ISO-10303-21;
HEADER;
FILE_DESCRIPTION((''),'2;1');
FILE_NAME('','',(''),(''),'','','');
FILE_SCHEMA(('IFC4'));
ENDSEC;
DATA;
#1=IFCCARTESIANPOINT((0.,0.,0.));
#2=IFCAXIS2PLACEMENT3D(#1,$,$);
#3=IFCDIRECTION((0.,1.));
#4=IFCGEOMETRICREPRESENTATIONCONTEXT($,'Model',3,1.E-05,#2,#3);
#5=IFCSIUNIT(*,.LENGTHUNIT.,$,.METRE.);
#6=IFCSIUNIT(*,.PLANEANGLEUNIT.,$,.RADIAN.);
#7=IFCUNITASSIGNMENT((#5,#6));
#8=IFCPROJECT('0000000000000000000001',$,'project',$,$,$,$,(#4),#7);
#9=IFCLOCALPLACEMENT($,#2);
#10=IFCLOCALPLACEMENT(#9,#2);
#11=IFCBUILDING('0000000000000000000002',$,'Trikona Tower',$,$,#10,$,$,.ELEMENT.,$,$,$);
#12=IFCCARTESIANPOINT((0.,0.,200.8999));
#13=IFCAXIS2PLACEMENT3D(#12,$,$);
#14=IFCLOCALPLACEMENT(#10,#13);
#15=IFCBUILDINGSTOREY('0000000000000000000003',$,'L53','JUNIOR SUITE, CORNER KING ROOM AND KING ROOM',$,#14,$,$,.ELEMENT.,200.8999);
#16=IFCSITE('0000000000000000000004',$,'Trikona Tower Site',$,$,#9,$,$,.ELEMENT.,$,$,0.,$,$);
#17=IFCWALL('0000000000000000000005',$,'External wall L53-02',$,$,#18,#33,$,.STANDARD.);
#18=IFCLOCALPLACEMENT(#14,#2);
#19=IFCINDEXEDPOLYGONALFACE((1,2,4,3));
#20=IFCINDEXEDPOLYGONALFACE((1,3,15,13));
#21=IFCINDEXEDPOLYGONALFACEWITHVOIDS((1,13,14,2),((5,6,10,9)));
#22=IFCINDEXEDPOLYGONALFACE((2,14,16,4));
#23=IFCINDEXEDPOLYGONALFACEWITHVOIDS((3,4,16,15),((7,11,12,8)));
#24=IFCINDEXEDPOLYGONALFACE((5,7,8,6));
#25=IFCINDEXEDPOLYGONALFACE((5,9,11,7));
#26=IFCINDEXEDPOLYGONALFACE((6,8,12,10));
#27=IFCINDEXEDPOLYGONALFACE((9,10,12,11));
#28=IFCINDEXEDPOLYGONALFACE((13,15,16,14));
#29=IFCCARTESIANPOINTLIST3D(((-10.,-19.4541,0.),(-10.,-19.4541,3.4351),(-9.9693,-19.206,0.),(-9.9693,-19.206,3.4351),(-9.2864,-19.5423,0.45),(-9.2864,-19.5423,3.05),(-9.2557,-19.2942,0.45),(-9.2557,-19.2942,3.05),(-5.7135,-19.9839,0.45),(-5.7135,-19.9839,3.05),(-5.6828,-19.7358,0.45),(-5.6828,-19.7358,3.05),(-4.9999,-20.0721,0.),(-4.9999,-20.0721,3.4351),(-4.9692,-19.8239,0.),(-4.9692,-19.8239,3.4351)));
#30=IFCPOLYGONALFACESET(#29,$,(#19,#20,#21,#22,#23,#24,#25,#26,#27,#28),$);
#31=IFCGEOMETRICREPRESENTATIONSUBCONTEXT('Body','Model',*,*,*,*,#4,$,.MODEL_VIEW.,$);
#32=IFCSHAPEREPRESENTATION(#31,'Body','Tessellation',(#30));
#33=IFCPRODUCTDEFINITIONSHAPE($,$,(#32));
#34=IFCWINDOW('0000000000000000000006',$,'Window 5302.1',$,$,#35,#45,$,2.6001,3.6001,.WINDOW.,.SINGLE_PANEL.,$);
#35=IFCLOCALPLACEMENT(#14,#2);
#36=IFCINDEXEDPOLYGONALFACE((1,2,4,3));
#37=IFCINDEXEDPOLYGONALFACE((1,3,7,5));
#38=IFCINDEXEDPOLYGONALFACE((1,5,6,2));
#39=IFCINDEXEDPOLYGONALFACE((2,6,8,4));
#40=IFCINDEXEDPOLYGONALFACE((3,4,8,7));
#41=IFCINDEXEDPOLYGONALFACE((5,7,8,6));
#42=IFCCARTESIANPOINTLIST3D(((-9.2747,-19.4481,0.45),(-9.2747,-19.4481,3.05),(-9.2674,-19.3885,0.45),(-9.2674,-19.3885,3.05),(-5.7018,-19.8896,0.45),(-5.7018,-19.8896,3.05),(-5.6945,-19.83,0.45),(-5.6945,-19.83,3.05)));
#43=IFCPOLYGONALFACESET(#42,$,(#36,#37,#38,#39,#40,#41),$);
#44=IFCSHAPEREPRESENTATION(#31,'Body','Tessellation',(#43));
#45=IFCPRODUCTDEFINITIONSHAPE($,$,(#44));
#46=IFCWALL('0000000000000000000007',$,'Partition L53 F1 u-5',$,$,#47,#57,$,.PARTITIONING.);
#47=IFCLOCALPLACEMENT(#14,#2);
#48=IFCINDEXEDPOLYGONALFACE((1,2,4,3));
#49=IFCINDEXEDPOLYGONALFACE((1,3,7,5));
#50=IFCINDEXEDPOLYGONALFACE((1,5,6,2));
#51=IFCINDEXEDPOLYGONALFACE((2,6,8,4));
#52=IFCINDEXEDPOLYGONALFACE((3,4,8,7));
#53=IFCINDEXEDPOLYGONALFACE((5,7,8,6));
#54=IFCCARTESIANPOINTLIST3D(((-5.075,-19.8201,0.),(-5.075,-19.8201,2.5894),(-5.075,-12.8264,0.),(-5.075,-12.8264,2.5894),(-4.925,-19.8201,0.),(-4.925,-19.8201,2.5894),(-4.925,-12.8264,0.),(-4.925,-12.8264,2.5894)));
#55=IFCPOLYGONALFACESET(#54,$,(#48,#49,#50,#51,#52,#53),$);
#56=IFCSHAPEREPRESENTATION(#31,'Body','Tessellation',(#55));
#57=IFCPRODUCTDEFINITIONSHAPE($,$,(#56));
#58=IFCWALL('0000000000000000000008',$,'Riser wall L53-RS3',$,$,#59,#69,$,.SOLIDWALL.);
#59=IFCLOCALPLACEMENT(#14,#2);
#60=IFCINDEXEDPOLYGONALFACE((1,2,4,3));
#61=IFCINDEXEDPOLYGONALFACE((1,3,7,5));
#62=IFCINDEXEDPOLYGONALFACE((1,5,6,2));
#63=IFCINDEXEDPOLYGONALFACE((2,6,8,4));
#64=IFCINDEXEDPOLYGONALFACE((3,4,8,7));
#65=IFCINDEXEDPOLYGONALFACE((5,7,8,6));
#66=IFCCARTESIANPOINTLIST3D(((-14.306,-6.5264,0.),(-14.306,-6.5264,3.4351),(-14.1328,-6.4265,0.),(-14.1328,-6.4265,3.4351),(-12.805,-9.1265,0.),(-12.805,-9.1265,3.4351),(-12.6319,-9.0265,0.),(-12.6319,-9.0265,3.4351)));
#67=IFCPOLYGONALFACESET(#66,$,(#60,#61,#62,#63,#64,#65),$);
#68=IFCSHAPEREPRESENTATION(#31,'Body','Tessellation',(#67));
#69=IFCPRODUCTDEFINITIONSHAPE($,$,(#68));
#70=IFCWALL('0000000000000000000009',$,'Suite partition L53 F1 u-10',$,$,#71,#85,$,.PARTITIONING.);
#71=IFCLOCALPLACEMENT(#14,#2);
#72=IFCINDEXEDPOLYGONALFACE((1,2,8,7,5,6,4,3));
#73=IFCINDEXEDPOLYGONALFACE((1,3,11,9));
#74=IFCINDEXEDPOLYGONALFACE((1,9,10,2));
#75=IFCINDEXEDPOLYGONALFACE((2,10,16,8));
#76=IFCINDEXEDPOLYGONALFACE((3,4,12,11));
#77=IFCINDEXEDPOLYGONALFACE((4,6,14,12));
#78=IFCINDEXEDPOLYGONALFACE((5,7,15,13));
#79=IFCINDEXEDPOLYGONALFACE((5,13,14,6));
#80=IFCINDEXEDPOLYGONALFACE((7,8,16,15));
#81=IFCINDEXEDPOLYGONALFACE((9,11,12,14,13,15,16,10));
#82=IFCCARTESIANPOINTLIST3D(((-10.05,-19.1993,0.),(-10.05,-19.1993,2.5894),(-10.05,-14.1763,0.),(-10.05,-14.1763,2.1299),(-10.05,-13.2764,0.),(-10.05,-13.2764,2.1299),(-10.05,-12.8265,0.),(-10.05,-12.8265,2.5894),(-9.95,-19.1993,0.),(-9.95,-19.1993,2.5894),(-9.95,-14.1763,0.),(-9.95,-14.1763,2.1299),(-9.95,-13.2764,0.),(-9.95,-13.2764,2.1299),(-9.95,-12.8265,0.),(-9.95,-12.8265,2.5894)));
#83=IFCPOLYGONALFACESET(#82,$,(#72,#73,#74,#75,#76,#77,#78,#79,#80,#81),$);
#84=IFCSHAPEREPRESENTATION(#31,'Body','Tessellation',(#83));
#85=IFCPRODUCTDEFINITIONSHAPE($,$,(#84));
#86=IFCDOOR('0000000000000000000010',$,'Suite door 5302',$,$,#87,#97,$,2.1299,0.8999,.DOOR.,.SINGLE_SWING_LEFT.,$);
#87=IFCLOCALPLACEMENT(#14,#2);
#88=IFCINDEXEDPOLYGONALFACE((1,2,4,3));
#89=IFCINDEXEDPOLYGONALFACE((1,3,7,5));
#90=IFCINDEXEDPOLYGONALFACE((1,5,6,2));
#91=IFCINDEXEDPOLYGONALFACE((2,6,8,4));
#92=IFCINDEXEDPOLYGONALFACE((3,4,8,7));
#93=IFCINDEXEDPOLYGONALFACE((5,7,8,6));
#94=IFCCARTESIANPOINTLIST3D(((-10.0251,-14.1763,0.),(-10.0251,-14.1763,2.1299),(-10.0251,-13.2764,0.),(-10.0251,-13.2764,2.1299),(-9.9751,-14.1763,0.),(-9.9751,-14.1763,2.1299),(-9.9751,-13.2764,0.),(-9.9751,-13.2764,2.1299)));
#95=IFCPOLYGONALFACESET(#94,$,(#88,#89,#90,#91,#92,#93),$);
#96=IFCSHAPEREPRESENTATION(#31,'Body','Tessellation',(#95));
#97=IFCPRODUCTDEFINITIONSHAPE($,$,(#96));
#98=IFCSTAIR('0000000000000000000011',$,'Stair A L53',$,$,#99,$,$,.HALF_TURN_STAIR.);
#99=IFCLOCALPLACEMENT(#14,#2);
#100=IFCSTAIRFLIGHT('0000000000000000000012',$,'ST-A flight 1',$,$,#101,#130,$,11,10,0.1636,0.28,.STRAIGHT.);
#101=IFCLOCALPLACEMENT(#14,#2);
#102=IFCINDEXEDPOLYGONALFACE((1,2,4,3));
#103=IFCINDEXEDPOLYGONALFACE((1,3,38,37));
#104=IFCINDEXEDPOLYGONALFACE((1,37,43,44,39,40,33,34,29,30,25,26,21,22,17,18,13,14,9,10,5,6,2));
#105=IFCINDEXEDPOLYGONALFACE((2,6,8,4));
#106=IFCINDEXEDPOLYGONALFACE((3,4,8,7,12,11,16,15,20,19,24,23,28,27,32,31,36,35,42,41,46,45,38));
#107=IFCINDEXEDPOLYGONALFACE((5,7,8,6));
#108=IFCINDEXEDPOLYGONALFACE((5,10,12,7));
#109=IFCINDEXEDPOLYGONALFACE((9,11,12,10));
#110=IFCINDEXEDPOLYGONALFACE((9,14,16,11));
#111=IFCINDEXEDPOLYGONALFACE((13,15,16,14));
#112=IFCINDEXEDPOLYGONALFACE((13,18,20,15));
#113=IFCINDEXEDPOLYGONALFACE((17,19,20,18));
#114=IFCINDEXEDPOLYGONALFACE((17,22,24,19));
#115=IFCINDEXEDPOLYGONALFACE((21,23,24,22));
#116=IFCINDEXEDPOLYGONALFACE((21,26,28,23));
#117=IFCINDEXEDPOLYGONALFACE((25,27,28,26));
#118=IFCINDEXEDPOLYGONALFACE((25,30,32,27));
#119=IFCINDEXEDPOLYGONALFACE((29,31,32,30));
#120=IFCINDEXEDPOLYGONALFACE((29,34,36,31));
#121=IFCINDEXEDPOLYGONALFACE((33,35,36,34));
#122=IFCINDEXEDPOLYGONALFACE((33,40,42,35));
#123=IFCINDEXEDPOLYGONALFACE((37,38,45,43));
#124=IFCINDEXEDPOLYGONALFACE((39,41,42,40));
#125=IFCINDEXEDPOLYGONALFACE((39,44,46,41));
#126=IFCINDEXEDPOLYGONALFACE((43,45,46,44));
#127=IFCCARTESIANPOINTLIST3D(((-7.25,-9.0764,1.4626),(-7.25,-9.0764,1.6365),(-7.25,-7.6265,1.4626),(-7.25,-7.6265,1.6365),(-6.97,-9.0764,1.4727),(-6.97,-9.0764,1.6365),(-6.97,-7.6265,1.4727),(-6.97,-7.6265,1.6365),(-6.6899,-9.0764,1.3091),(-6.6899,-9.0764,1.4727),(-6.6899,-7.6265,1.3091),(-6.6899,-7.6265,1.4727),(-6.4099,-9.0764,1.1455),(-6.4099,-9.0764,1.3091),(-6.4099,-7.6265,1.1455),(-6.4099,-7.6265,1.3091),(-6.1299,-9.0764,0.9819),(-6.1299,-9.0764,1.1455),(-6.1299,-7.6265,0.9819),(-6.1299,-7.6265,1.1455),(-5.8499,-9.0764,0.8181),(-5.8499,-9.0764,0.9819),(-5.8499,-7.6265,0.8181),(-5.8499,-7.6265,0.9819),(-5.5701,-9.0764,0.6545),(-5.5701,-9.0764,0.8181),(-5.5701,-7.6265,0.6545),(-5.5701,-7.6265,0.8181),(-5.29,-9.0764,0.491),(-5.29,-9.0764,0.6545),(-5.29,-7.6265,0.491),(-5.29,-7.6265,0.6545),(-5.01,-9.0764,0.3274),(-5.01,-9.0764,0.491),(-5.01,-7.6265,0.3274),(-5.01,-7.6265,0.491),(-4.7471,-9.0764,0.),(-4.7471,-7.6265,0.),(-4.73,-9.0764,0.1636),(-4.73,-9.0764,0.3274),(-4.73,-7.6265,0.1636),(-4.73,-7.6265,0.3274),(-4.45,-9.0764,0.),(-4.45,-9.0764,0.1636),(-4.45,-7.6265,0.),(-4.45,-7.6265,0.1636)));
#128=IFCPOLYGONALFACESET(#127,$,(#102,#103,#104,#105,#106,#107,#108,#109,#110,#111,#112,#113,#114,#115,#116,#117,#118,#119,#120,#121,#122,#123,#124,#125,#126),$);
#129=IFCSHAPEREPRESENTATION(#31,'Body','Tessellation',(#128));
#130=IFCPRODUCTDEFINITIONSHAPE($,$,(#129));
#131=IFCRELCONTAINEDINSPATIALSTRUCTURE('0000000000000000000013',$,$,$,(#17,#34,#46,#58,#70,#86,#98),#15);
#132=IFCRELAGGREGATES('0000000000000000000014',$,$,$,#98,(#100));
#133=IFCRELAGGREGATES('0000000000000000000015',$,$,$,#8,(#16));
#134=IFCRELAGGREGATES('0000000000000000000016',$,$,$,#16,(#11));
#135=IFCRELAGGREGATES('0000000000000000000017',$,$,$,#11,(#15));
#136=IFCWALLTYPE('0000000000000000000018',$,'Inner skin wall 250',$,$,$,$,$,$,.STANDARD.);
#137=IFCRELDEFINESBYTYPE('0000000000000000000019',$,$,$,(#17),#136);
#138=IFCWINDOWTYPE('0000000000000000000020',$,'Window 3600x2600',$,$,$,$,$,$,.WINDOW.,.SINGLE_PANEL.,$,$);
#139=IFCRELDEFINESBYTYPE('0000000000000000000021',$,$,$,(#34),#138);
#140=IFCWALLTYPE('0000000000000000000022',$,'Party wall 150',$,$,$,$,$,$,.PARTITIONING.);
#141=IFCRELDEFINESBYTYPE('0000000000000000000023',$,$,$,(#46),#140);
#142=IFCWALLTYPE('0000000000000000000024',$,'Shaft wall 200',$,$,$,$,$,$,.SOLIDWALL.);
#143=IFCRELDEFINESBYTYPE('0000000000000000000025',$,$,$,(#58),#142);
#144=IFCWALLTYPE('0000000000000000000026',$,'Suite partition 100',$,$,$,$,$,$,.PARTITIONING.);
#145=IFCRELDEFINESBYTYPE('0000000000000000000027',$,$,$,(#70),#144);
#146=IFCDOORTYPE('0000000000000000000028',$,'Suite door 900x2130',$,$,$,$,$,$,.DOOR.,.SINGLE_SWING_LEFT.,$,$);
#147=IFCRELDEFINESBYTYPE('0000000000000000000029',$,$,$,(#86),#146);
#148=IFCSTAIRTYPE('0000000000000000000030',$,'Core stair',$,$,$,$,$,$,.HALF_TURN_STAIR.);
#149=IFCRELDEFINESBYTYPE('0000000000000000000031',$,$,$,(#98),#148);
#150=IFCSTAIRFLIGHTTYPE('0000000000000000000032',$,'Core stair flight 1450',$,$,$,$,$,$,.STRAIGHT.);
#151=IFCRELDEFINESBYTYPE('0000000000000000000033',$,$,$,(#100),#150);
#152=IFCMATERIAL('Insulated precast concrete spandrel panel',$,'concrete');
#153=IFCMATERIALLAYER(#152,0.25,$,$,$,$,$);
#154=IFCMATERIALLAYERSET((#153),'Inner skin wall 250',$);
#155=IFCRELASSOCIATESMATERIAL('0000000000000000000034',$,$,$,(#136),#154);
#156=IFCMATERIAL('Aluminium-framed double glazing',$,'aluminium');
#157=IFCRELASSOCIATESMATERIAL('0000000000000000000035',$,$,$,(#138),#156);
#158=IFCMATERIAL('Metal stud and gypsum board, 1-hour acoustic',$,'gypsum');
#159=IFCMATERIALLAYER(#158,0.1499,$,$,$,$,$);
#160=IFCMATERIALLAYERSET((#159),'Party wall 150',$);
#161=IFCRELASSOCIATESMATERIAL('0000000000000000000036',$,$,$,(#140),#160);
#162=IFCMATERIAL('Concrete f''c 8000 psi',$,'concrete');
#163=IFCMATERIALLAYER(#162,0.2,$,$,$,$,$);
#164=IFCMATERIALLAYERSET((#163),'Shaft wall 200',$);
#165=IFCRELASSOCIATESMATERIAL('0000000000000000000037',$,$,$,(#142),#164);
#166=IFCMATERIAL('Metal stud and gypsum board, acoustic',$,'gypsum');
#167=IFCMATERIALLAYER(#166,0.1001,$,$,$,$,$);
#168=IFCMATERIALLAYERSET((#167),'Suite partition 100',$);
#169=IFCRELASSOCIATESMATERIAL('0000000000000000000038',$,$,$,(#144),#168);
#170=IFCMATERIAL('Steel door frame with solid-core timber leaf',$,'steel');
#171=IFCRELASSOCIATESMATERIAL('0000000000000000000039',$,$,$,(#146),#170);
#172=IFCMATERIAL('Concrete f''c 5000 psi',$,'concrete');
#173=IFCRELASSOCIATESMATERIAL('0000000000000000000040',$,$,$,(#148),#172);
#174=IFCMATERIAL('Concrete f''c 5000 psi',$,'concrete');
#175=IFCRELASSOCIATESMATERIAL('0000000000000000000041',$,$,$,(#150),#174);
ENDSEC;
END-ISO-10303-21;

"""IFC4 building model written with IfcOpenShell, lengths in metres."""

from ifc_helpers import new_model, si_unit, direction, frame, frame_2d, origin, place, context, subcontext, project, spatial, polyline, rectangle, outline, extrude, material, layer, layer_set, type_object, element, fill, aggregate, save


model = new_model("IFC4")

# Units and contexts
model_context = context("Model", 3, precision=1e-05, world=origin(), true_north=direction((0.0, 1.0)))
body_context = subcontext(model_context, "Body", "Model", "MODEL_VIEW")
ifc_project = project(units=[si_unit("LENGTHUNIT", "METRE"), si_unit("PLANEANGLEUNIT", "RADIAN")], contexts=[model_context])

# Site, building, storey
site_placement = place(None, origin())
site = spatial("IfcSite", under=ifc_project, at=site_placement, Name="Trikona Tower Site", CompositionType="ELEMENT", RefElevation=0.0)
building_placement = place(site_placement, origin())
building = spatial("IfcBuilding", under=site, at=building_placement, Name="Trikona Tower", CompositionType="ELEMENT")
storey_placement = place(building_placement, frame((0.0, 0.0, 200.8999)))
storey = spatial("IfcBuildingStorey", under=building, at=storey_placement, Name="L53", Description="JUNIOR SUITE, CORNER KING ROOM AND KING ROOM", CompositionType="ELEMENT", Elevation=200.8999)

# Wall, opening, window
ifc_material_1 = material(Name="Insulated precast concrete spandrel panel", Category="concrete")
ifc_layer_1 = layer(ifc_material_1, 0.25)
ifc_layer_set_1 = layer_set([ifc_layer_1], Name="Inner skin wall 250")
wall_type_1 = type_object("IfcWallType", Name="Inner skin wall 250", PredefinedType="STANDARD", material=ifc_layer_set_1)
ifc_material_2 = material(Name="Aluminium-framed double glazing", Category="aluminium")
window_type = type_object("IfcWindowType", Name="Window 3600x2600", PartitioningType="SINGLE_PANEL", PredefinedType="WINDOW", material=ifc_material_2)
wall_1_placement = place(storey_placement, frame((-9.9846, -19.3301, 0.0), z_axis=(0.0, 0.0, 1.0), x_axis=(0.99245, -0.122651, 0.0)))
wall_1 = element("IfcWall", 1, at=wall_1_placement, inside=storey, type_object=wall_type_1, Name="External wall L53-02", PredefinedType="STANDARD", context=body_context, shape_type="SweptSolid", body=[
    extrude(rectangle(XDim=5.0381, YDim=0.25, at=frame_2d((2.519, 0.0))), origin(), (0.0, 0.0, 1.0), 3.4351),
])
opening_1_placement = place(wall_1_placement, frame((0.719, 0.0, 0.45)))
opening_1 = element("IfcOpeningElement", 2, at=opening_1_placement, cuts=wall_1, PredefinedType="OPENING", context=body_context, shape_type="SweptSolid", body=[
    extrude(rectangle(XDim=3.6001, YDim=2.6001, at=frame_2d((1.8, 1.3))), frame((0.0, 0.135, 0.0), z_axis=(0.0, -1.0, 0.0), x_axis=(1.0, 0.0, 0.0)), (0.0, 0.0, 1.0), 0.27),
])
window_1_placement = place(opening_1_placement, origin())
window_1 = element("IfcWindow", 3, at=window_1_placement, inside=storey, type_object=window_type, Name="Window 5302.1", OverallHeight=2.6001, OverallWidth=3.6001, PartitioningType="SINGLE_PANEL", PredefinedType="WINDOW", context=body_context, shape_type="SweptSolid", body=[
    extrude(rectangle(XDim=3.6001, YDim=2.6001, at=frame_2d((1.8, 1.3))), frame((0.0, 0.03, 0.0), z_axis=(0.0, -1.0, 0.0), x_axis=(1.0, 0.0, 0.0)), (0.0, 0.0, 1.0), 0.0601),
])
fill(opening_1, window_1)

# Walls
ifc_material_3 = material(Name="Metal stud and gypsum board, 1-hour acoustic", Category="gypsum")
ifc_layer_2 = layer(ifc_material_3, 0.1499)
ifc_layer_set_2 = layer_set([ifc_layer_2], Name="Party wall 150")
wall_type_2 = type_object("IfcWallType", Name="Party wall 150", PredefinedType="PARTITIONING", material=ifc_layer_set_2)
wall_2_placement = place(storey_placement, frame((-5.0, -12.8264, 0.0), z_axis=(0.0, 0.0, 1.0), x_axis=(0.0, -1.0, 0.0)))
element("IfcWall", 4, at=wall_2_placement, inside=storey, type_object=wall_type_2, Name="Partition L53 F1 u-5", PredefinedType="PARTITIONING", context=body_context, shape_type="SweptSolid", body=[
    extrude(rectangle(XDim=6.9937, YDim=0.1499, at=frame_2d((3.4968, 0.0))), origin(), (0.0, 0.0, 1.0), 2.5894),
])
ifc_material_4 = material(Name="Concrete f'c 8000 psi", Category="concrete")
ifc_layer_3 = layer(ifc_material_4, 0.2)
ifc_layer_set_3 = layer_set([ifc_layer_3], Name="Shaft wall 200")
wall_type_3 = type_object("IfcWallType", Name="Shaft wall 200", PredefinedType="SOLIDWALL", material=ifc_layer_set_3)
wall_3_placement = place(storey_placement, frame((-12.7185, -9.0764, 0.0), z_axis=(0.0, 0.0, 1.0), x_axis=(-0.499952, 0.866053, 0.0)))
element("IfcWall", 5, at=wall_3_placement, inside=storey, type_object=wall_type_3, Name="Riser wall L53-RS3", PredefinedType="SOLIDWALL", context=body_context, shape_type="SweptSolid", body=[
    extrude(rectangle(XDim=3.0022, YDim=0.2, at=frame_2d((1.501, 0.0))), origin(), (0.0, 0.0, 1.0), 3.4351),
])

# Wall, opening, door
ifc_material_5 = material(Name="Metal stud and gypsum board, acoustic", Category="gypsum")
ifc_layer_4 = layer(ifc_material_5, 0.1001)
ifc_layer_set_4 = layer_set([ifc_layer_4], Name="Suite partition 100")
wall_type_4 = type_object("IfcWallType", Name="Suite partition 100", PredefinedType="PARTITIONING", material=ifc_layer_set_4)
wall_4_placement = place(storey_placement, frame((-10.0, -12.8264, 0.0), z_axis=(0.0, 0.0, 1.0), x_axis=(0.0, -1.0, 0.0)))
wall_4 = element("IfcWall", 6, at=wall_4_placement, inside=storey, type_object=wall_type_4, Name="Suite partition L53 F1 u-10", PredefinedType="PARTITIONING", context=body_context, shape_type="SweptSolid", body=[
    extrude(rectangle(XDim=6.3728, YDim=0.1001, at=frame_2d((3.1865, 0.0))), origin(), (0.0, 0.0, 1.0), 2.5894),
])
opening_2_placement = place(wall_4_placement, frame((0.45, 0.0, 0.0)))
opening_2 = element("IfcOpeningElement", 7, at=opening_2_placement, cuts=wall_4, PredefinedType="OPENING", context=body_context, shape_type="SweptSolid", body=[
    extrude(rectangle(XDim=0.8999, YDim=2.1299, at=frame_2d((0.45, 1.0649))), frame((0.0, 0.0601, 0.0), z_axis=(0.0, -1.0, 0.0), x_axis=(1.0, 0.0, 0.0)), (0.0, 0.0, 1.0), 0.1201),
])
ifc_material_6 = material(Name="Steel door frame with solid-core timber leaf", Category="steel")
door_type_1 = type_object("IfcDoorType", Name="Suite door 900x2130", OperationType="SINGLE_SWING_LEFT", PredefinedType="DOOR", material=ifc_material_6)
door_1_placement = place(opening_2_placement, origin())
door_1 = element("IfcDoor", 8, at=door_1_placement, inside=storey, type_object=door_type_1, Name="Suite door 5302", OperationType="SINGLE_SWING_LEFT", OverallHeight=2.1299, OverallWidth=0.8999, PredefinedType="DOOR", context=body_context, shape_type="SweptSolid", body=[
    extrude(rectangle(XDim=0.8999, YDim=2.1299, at=frame_2d((0.45, 1.0649))), frame((0.0, 0.0249, 0.0), z_axis=(0.0, -1.0, 0.0), x_axis=(1.0, 0.0, 0.0)), (0.0, 0.0, 1.0), 0.05),
])
fill(opening_2, door_1)

# Stair, stair flight
ifc_material_7 = material(Name="Concrete f'c 5000 psi", Category="concrete")
stair_type = type_object("IfcStairType", Name="Core stair", PredefinedType="HALF_TURN_STAIR", material=ifc_material_7)
stair_placement = place(storey_placement, origin())
stair = element("IfcStair", 9, at=stair_placement, inside=storey, type_object=stair_type, Name="Stair A L53", PredefinedType="HALF_TURN_STAIR")
ifc_material_8 = material(Name="Concrete f'c 5000 psi", Category="concrete")
stair_flight_type = type_object("IfcStairFlightType", Name="Core stair flight 1450", PredefinedType="STRAIGHT", material=ifc_material_8)
stair_flight_placement = place(storey_placement, frame((-4.45, -8.3513, 0.0), z_axis=(0.0, 0.0, 1.0), x_axis=(-1.0, 0.0, 0.0)))
stair_flight = element("IfcStairFlight", 10, at=stair_flight_placement, type_object=stair_flight_type, Name="ST-A flight 1", NumberOfRisers=11, NumberOfTreads=10, PredefinedType="STRAIGHT", RiserHeight=0.1636, TreadLength=0.28, context=body_context, shape_type="SweptSolid", body=[
    extrude(outline(polyline([(0.0, 0.0), (0.0, 0.1636), (0.28, 0.1636), (0.28, 0.3274), (0.5601, 0.3274), (0.5601, 0.491), (0.8401, 0.491), (0.8401, 0.6545), (1.1201, 0.6545), (1.1201, 0.8181), (1.3999, 0.8181), (1.3999, 0.9819), (1.6799, 0.9819), (1.6799, 1.1455), (1.96, 1.1455), (1.96, 1.3091), (2.24, 1.3091), (2.24, 1.4727), (2.52, 1.4727), (2.52, 1.6365), (2.8, 1.6365), (2.8, 1.8), (2.8, 1.4626), (0.2971, 0.0), (0.0, 0.0)])), frame((0.0, 0.7251, 0.0), z_axis=(0.0, -1.0, 0.0), x_axis=(1.0, 0.0, 0.0)), (0.0, 0.0, 1.0), 1.45),
])
aggregate(stair, [stair_flight])

save(model, "model.ifc")
